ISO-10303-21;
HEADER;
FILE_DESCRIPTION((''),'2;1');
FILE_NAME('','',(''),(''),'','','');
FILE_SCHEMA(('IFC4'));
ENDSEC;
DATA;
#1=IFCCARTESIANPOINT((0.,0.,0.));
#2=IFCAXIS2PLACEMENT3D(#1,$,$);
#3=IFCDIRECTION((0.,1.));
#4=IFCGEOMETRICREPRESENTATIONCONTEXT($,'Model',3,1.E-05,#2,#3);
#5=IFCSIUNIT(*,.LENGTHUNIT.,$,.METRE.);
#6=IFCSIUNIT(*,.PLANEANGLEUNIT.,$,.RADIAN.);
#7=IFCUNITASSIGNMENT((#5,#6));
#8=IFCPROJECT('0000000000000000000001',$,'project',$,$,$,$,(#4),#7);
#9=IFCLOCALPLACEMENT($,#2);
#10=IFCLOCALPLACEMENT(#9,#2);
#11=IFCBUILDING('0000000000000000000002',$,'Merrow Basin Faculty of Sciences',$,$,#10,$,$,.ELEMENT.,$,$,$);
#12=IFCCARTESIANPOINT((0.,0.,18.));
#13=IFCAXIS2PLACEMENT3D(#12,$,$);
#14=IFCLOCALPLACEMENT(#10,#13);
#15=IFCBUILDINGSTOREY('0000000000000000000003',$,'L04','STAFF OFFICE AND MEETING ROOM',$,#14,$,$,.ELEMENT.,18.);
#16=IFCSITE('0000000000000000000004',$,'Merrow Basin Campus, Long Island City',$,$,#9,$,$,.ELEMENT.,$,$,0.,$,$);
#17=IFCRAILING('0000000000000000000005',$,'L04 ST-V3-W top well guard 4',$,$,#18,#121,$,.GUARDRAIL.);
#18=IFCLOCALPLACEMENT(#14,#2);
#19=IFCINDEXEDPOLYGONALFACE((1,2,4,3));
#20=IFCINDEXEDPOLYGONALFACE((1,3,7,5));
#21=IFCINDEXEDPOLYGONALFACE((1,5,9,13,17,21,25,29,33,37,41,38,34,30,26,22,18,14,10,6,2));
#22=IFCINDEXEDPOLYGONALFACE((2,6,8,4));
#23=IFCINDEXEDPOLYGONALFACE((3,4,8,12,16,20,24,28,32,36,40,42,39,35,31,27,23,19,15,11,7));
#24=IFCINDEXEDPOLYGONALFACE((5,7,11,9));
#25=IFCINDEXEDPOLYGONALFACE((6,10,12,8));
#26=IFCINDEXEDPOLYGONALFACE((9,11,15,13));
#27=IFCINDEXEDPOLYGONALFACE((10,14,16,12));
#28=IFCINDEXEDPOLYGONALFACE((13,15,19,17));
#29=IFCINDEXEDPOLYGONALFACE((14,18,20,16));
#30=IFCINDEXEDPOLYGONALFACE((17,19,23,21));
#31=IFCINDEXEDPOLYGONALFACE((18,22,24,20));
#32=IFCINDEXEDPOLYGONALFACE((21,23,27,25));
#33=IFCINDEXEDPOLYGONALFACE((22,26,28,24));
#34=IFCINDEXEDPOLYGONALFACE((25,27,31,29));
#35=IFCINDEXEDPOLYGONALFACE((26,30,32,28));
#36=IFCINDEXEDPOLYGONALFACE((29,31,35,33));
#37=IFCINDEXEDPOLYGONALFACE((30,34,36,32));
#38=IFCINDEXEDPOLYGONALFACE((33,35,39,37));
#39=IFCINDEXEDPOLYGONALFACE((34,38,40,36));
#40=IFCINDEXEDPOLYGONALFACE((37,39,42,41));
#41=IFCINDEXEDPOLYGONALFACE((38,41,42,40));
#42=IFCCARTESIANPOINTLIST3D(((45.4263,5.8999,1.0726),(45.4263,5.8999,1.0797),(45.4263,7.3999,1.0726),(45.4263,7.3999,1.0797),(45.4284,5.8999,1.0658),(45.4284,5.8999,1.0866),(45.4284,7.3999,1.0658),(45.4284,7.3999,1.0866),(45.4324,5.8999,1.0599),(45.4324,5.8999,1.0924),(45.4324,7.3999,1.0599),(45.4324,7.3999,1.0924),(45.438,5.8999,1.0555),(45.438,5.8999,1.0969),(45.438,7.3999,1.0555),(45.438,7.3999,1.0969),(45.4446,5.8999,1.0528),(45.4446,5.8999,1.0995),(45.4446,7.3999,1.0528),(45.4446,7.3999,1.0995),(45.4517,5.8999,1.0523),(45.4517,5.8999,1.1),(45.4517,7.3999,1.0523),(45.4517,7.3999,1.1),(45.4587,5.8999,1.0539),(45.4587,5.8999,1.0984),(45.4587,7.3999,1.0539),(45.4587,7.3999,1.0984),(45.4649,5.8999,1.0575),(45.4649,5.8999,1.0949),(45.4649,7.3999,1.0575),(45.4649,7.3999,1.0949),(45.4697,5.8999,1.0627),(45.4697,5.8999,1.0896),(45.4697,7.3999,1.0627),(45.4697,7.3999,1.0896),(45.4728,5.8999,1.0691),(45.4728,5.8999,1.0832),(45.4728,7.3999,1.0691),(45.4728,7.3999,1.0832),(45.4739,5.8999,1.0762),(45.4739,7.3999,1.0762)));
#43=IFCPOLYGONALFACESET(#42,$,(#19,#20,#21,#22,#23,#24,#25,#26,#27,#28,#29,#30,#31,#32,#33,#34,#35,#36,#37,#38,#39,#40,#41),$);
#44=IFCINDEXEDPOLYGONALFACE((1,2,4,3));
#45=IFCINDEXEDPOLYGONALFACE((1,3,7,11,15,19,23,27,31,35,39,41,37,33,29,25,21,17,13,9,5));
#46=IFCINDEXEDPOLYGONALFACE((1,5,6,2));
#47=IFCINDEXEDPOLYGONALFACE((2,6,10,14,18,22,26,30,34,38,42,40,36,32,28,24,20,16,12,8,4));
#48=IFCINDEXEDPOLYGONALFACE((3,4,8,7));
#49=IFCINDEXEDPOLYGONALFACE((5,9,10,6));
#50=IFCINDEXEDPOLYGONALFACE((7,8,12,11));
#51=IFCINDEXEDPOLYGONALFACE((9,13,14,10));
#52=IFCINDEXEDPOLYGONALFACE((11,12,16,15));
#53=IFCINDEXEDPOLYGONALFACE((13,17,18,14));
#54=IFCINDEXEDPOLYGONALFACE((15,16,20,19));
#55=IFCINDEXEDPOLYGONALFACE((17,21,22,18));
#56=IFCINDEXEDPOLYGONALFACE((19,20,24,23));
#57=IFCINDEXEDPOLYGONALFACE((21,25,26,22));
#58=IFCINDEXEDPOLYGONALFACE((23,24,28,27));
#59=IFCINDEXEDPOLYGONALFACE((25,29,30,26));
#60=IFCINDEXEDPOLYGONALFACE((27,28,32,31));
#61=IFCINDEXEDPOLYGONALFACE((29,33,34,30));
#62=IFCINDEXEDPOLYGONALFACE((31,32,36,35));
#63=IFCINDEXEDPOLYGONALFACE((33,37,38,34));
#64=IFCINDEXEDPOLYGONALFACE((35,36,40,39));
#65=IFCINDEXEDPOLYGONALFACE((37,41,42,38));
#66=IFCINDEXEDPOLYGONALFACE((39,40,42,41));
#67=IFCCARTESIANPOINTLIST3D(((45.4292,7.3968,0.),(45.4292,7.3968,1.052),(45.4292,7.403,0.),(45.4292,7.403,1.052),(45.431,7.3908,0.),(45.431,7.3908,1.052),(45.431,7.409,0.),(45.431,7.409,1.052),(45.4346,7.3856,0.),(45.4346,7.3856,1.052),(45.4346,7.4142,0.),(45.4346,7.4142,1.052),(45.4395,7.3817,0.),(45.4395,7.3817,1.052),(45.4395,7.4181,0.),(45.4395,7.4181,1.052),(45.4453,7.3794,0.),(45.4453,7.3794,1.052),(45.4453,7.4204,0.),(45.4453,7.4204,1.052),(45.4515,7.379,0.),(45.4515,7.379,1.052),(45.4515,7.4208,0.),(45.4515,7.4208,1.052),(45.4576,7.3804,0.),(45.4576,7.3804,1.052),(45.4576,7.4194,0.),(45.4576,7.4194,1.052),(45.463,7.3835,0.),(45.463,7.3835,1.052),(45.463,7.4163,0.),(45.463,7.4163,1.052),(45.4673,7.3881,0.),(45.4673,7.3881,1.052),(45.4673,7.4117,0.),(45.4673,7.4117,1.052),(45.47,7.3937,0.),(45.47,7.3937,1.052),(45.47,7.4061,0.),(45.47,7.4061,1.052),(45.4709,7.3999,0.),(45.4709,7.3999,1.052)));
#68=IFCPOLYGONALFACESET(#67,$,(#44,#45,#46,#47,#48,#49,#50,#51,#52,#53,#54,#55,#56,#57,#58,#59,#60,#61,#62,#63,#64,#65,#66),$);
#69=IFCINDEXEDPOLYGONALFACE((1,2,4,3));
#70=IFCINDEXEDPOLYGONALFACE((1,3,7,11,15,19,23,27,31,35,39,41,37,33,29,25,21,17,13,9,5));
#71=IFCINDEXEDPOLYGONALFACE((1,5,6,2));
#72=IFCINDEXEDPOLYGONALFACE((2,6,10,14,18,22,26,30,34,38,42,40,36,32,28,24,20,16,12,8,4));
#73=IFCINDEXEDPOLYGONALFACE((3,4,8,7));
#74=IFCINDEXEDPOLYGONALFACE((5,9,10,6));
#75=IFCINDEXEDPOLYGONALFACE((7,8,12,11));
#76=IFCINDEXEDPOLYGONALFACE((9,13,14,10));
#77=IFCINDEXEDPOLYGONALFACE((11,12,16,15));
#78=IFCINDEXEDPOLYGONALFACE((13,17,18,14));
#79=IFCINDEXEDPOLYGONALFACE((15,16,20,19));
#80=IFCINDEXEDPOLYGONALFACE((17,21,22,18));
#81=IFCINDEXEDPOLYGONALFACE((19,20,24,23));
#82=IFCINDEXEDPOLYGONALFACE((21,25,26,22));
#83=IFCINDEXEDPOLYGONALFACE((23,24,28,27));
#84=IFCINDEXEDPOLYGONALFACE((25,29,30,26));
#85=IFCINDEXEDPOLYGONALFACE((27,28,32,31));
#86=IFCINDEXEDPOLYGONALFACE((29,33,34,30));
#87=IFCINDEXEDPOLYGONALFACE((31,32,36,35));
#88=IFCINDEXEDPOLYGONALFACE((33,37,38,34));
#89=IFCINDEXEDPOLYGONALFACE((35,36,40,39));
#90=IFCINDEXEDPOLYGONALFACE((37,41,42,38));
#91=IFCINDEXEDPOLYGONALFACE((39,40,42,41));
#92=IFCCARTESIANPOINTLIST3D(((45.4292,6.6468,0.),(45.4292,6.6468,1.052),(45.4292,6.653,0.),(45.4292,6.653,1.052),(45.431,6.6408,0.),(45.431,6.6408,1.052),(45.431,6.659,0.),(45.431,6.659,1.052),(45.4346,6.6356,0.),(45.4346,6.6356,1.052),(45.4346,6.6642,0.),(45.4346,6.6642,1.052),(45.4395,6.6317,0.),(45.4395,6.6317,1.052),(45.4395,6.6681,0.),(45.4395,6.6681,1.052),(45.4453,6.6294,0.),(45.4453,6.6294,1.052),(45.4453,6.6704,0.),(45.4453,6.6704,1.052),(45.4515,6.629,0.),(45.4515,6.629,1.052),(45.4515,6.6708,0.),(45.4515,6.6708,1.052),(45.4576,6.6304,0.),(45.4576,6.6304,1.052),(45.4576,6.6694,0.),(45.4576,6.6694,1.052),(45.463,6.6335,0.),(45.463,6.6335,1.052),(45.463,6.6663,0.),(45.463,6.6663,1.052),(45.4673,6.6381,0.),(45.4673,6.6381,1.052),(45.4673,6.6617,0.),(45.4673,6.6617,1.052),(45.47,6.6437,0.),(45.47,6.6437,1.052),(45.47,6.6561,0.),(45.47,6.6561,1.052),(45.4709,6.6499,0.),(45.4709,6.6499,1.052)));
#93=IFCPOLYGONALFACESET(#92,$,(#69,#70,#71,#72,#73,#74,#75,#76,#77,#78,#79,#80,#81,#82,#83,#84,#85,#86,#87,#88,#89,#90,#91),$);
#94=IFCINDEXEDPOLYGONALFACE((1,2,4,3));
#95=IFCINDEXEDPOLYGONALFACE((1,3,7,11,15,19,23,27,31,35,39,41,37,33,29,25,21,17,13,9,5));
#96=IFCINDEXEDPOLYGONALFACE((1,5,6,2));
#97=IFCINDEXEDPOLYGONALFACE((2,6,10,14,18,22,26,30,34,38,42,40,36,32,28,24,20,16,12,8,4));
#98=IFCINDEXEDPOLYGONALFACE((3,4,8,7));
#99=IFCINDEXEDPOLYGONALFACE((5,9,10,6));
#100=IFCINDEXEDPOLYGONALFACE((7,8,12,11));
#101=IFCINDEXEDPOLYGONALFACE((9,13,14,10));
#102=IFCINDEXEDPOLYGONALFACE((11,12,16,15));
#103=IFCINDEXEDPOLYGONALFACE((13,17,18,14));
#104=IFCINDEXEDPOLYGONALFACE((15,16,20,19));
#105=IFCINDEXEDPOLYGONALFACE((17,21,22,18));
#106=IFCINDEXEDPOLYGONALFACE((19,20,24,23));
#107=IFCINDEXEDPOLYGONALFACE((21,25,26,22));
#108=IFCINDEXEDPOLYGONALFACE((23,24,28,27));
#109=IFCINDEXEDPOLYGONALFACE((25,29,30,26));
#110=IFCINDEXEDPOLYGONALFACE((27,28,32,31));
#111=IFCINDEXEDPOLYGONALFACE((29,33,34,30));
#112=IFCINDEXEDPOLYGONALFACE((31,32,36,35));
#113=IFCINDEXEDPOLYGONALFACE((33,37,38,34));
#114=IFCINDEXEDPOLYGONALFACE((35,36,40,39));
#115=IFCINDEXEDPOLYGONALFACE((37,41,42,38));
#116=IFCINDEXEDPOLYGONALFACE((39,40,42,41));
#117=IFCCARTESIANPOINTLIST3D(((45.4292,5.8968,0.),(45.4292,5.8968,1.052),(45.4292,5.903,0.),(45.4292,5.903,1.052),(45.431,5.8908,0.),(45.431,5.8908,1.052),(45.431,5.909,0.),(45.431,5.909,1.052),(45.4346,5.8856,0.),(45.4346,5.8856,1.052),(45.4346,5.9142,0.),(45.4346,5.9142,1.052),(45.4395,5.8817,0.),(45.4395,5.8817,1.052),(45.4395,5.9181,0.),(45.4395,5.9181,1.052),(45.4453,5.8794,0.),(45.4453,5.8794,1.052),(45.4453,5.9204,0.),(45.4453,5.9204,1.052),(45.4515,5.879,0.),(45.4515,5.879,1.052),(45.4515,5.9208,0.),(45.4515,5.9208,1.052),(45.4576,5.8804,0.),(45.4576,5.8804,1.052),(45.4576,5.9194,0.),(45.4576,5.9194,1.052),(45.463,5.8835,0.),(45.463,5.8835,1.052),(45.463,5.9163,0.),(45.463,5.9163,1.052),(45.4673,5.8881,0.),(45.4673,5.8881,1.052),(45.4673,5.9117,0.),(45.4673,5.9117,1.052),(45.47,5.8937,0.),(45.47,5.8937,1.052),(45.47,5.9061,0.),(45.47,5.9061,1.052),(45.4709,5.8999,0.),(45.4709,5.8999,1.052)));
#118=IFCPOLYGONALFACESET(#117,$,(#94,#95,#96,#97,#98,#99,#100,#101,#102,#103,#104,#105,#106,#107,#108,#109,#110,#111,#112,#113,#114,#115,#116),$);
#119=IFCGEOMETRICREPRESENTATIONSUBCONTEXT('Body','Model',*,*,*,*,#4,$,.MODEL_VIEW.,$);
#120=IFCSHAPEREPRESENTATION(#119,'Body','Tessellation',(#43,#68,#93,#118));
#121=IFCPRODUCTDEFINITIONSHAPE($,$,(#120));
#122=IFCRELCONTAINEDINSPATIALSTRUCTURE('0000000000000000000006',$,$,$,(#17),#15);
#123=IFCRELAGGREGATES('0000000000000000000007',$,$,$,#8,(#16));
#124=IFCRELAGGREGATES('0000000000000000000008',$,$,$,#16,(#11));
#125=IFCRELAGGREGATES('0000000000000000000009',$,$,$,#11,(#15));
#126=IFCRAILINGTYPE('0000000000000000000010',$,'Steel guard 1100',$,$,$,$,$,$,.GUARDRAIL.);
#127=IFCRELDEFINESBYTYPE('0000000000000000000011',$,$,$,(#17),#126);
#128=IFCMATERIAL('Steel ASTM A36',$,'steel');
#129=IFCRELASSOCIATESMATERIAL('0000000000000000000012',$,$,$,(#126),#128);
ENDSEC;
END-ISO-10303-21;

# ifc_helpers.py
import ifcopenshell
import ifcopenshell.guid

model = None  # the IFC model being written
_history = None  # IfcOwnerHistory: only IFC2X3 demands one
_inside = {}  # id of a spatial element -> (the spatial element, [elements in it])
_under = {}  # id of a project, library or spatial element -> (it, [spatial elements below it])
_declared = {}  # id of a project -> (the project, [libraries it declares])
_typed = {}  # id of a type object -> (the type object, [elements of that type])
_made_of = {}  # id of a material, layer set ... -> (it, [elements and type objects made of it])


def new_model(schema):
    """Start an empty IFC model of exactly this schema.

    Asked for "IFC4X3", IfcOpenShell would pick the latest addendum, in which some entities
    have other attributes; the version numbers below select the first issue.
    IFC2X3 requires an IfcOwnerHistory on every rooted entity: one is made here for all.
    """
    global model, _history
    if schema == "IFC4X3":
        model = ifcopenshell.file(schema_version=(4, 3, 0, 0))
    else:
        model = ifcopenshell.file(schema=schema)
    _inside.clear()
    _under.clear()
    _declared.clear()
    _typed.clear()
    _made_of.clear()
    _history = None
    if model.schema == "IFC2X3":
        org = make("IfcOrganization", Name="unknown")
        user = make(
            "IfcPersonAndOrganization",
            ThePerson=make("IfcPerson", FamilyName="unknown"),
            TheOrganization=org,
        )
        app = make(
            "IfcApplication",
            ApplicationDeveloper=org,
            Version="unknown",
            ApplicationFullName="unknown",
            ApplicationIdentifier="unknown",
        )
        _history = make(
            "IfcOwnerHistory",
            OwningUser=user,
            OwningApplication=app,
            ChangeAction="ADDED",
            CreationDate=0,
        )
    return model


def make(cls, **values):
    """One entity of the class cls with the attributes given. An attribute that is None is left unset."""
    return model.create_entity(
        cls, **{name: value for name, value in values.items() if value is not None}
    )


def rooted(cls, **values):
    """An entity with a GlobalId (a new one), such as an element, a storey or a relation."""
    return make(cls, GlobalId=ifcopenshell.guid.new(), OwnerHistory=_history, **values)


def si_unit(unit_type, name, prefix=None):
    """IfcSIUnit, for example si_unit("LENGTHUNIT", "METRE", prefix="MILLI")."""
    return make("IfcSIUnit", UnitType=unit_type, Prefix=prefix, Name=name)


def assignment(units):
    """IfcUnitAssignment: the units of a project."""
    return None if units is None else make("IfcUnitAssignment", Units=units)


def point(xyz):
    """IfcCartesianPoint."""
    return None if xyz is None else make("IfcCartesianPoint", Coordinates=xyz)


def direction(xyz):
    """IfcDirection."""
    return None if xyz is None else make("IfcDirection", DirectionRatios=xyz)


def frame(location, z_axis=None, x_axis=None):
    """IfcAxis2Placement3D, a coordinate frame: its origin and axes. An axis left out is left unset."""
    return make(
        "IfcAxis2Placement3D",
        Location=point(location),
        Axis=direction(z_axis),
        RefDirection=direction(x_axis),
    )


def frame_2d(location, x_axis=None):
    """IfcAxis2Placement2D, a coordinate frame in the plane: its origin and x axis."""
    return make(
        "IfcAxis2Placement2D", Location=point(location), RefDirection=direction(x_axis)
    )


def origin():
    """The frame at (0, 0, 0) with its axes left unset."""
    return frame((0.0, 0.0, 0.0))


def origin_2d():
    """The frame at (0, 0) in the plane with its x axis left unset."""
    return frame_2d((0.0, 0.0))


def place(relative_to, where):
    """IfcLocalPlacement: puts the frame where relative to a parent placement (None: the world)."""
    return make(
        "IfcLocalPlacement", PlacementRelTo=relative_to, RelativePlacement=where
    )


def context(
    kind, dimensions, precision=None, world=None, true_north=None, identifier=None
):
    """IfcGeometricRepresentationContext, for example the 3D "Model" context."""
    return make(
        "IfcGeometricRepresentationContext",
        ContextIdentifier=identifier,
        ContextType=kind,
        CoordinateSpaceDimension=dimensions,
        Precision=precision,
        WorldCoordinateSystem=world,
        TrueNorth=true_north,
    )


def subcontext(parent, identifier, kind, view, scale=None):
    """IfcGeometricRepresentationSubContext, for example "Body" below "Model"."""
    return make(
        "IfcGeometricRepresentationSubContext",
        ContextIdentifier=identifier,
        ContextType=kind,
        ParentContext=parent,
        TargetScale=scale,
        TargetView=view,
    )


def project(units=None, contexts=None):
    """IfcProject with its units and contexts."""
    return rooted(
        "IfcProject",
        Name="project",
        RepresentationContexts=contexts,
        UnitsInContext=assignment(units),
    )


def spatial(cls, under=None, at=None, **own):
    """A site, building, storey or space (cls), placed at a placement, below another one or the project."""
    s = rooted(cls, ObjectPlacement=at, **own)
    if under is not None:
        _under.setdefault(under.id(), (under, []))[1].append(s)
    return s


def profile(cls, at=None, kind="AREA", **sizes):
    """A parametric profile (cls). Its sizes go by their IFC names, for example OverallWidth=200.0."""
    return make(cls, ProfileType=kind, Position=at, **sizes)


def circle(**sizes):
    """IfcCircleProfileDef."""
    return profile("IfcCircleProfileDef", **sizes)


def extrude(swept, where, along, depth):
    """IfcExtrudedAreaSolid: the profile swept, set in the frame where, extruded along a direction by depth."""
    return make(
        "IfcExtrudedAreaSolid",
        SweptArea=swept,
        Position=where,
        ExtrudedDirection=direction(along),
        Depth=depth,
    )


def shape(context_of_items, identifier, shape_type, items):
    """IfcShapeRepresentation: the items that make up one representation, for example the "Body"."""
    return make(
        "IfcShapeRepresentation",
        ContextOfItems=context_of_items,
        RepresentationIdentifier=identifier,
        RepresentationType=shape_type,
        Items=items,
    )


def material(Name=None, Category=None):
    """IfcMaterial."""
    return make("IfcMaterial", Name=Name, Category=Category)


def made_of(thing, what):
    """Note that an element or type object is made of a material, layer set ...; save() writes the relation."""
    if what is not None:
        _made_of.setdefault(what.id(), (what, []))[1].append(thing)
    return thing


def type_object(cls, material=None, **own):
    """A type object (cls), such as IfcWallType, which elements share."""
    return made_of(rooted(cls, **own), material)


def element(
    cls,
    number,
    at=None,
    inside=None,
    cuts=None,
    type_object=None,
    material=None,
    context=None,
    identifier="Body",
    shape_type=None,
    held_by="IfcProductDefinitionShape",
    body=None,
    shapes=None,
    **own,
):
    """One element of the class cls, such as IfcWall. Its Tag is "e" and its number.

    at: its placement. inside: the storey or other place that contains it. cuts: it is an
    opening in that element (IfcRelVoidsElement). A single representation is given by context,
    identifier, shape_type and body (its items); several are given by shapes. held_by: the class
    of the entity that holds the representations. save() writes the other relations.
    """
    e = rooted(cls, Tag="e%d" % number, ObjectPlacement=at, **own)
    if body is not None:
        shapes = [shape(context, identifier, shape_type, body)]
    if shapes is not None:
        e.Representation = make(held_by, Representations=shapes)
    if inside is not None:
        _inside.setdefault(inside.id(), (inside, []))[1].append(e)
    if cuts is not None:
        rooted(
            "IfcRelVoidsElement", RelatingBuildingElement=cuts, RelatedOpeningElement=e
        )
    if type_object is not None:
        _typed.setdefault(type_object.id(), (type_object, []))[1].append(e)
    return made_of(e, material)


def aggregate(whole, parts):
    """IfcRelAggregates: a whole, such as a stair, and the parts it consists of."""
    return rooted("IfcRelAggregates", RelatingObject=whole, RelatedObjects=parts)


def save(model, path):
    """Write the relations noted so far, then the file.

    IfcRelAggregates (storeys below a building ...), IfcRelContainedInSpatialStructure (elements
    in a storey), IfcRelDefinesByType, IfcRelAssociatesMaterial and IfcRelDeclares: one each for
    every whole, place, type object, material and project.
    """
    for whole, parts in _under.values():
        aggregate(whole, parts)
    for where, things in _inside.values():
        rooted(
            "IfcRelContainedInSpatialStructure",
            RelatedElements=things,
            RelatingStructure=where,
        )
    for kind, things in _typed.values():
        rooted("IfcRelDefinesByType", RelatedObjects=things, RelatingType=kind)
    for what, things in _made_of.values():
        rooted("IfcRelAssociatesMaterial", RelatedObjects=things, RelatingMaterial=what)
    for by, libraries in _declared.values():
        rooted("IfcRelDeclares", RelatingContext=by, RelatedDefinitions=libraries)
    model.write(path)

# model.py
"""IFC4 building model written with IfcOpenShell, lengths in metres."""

from ifc_helpers import new_model, si_unit, direction, frame, origin, origin_2d, place, context, subcontext, project, spatial, circle, extrude, material, type_object, element, save


model = new_model("IFC4")

# Units and contexts
model_context = context("Model", 3, precision=1e-05, world=origin(), true_north=direction((0.0, 1.0)))
body_context = subcontext(model_context, "Body", "Model", "MODEL_VIEW")
ifc_project = project(units=[si_unit("LENGTHUNIT", "METRE"), si_unit("PLANEANGLEUNIT", "RADIAN")], contexts=[model_context])

# Site, building, storey
site_placement = place(None, origin())
site = spatial("IfcSite", under=ifc_project, at=site_placement, Name="Merrow Basin Campus, Long Island City", CompositionType="ELEMENT", RefElevation=0.0)
building_placement = place(site_placement, origin())
building = spatial("IfcBuilding", under=site, at=building_placement, Name="Merrow Basin Faculty of Sciences", CompositionType="ELEMENT")
storey_placement = place(building_placement, frame((0.0, 0.0, 18.0)))
storey = spatial("IfcBuildingStorey", under=building, at=storey_placement, Name="L04", Description="STAFF OFFICE AND MEETING ROOM", CompositionType="ELEMENT", Elevation=18.0)

# Railing
ifc_material_1 = material(Name="Steel ASTM A36", Category="steel")
railing_type = type_object("IfcRailingType", Name="Steel guard 1100", PredefinedType="GUARDRAIL", material=ifc_material_1)
railing_1_placement = place(storey_placement, frame((45.45, 7.3999, 0.0)))
element("IfcRailing", 1, at=railing_1_placement, inside=storey, type_object=railing_type, Name="L04 ST-V3-W top well guard 4", PredefinedType="GUARDRAIL", context=body_context, shape_type="SweptSolid", body=[
    extrude(circle(Radius=0.0239, at=origin_2d()), frame((0.0, 0.0, 1.0762), z_axis=(0.0, -1.0, 0.0), x_axis=(1.0, 0.0, 0.0)), (0.0, 0.0, 1.0), 1.5),
    extrude(circle(Radius=0.021, at=origin_2d()), origin(), (0.0, 0.0, 1.0), 1.052),
    extrude(circle(Radius=0.021, at=origin_2d()), frame((0.0, -0.75, 0.0)), (0.0, 0.0, 1.0), 1.052),
    extrude(circle(Radius=0.021, at=origin_2d()), frame((0.0, -1.5, 0.0)), (0.0, 0.0, 1.0), 1.052),
])

save(model, "model.ifc")
